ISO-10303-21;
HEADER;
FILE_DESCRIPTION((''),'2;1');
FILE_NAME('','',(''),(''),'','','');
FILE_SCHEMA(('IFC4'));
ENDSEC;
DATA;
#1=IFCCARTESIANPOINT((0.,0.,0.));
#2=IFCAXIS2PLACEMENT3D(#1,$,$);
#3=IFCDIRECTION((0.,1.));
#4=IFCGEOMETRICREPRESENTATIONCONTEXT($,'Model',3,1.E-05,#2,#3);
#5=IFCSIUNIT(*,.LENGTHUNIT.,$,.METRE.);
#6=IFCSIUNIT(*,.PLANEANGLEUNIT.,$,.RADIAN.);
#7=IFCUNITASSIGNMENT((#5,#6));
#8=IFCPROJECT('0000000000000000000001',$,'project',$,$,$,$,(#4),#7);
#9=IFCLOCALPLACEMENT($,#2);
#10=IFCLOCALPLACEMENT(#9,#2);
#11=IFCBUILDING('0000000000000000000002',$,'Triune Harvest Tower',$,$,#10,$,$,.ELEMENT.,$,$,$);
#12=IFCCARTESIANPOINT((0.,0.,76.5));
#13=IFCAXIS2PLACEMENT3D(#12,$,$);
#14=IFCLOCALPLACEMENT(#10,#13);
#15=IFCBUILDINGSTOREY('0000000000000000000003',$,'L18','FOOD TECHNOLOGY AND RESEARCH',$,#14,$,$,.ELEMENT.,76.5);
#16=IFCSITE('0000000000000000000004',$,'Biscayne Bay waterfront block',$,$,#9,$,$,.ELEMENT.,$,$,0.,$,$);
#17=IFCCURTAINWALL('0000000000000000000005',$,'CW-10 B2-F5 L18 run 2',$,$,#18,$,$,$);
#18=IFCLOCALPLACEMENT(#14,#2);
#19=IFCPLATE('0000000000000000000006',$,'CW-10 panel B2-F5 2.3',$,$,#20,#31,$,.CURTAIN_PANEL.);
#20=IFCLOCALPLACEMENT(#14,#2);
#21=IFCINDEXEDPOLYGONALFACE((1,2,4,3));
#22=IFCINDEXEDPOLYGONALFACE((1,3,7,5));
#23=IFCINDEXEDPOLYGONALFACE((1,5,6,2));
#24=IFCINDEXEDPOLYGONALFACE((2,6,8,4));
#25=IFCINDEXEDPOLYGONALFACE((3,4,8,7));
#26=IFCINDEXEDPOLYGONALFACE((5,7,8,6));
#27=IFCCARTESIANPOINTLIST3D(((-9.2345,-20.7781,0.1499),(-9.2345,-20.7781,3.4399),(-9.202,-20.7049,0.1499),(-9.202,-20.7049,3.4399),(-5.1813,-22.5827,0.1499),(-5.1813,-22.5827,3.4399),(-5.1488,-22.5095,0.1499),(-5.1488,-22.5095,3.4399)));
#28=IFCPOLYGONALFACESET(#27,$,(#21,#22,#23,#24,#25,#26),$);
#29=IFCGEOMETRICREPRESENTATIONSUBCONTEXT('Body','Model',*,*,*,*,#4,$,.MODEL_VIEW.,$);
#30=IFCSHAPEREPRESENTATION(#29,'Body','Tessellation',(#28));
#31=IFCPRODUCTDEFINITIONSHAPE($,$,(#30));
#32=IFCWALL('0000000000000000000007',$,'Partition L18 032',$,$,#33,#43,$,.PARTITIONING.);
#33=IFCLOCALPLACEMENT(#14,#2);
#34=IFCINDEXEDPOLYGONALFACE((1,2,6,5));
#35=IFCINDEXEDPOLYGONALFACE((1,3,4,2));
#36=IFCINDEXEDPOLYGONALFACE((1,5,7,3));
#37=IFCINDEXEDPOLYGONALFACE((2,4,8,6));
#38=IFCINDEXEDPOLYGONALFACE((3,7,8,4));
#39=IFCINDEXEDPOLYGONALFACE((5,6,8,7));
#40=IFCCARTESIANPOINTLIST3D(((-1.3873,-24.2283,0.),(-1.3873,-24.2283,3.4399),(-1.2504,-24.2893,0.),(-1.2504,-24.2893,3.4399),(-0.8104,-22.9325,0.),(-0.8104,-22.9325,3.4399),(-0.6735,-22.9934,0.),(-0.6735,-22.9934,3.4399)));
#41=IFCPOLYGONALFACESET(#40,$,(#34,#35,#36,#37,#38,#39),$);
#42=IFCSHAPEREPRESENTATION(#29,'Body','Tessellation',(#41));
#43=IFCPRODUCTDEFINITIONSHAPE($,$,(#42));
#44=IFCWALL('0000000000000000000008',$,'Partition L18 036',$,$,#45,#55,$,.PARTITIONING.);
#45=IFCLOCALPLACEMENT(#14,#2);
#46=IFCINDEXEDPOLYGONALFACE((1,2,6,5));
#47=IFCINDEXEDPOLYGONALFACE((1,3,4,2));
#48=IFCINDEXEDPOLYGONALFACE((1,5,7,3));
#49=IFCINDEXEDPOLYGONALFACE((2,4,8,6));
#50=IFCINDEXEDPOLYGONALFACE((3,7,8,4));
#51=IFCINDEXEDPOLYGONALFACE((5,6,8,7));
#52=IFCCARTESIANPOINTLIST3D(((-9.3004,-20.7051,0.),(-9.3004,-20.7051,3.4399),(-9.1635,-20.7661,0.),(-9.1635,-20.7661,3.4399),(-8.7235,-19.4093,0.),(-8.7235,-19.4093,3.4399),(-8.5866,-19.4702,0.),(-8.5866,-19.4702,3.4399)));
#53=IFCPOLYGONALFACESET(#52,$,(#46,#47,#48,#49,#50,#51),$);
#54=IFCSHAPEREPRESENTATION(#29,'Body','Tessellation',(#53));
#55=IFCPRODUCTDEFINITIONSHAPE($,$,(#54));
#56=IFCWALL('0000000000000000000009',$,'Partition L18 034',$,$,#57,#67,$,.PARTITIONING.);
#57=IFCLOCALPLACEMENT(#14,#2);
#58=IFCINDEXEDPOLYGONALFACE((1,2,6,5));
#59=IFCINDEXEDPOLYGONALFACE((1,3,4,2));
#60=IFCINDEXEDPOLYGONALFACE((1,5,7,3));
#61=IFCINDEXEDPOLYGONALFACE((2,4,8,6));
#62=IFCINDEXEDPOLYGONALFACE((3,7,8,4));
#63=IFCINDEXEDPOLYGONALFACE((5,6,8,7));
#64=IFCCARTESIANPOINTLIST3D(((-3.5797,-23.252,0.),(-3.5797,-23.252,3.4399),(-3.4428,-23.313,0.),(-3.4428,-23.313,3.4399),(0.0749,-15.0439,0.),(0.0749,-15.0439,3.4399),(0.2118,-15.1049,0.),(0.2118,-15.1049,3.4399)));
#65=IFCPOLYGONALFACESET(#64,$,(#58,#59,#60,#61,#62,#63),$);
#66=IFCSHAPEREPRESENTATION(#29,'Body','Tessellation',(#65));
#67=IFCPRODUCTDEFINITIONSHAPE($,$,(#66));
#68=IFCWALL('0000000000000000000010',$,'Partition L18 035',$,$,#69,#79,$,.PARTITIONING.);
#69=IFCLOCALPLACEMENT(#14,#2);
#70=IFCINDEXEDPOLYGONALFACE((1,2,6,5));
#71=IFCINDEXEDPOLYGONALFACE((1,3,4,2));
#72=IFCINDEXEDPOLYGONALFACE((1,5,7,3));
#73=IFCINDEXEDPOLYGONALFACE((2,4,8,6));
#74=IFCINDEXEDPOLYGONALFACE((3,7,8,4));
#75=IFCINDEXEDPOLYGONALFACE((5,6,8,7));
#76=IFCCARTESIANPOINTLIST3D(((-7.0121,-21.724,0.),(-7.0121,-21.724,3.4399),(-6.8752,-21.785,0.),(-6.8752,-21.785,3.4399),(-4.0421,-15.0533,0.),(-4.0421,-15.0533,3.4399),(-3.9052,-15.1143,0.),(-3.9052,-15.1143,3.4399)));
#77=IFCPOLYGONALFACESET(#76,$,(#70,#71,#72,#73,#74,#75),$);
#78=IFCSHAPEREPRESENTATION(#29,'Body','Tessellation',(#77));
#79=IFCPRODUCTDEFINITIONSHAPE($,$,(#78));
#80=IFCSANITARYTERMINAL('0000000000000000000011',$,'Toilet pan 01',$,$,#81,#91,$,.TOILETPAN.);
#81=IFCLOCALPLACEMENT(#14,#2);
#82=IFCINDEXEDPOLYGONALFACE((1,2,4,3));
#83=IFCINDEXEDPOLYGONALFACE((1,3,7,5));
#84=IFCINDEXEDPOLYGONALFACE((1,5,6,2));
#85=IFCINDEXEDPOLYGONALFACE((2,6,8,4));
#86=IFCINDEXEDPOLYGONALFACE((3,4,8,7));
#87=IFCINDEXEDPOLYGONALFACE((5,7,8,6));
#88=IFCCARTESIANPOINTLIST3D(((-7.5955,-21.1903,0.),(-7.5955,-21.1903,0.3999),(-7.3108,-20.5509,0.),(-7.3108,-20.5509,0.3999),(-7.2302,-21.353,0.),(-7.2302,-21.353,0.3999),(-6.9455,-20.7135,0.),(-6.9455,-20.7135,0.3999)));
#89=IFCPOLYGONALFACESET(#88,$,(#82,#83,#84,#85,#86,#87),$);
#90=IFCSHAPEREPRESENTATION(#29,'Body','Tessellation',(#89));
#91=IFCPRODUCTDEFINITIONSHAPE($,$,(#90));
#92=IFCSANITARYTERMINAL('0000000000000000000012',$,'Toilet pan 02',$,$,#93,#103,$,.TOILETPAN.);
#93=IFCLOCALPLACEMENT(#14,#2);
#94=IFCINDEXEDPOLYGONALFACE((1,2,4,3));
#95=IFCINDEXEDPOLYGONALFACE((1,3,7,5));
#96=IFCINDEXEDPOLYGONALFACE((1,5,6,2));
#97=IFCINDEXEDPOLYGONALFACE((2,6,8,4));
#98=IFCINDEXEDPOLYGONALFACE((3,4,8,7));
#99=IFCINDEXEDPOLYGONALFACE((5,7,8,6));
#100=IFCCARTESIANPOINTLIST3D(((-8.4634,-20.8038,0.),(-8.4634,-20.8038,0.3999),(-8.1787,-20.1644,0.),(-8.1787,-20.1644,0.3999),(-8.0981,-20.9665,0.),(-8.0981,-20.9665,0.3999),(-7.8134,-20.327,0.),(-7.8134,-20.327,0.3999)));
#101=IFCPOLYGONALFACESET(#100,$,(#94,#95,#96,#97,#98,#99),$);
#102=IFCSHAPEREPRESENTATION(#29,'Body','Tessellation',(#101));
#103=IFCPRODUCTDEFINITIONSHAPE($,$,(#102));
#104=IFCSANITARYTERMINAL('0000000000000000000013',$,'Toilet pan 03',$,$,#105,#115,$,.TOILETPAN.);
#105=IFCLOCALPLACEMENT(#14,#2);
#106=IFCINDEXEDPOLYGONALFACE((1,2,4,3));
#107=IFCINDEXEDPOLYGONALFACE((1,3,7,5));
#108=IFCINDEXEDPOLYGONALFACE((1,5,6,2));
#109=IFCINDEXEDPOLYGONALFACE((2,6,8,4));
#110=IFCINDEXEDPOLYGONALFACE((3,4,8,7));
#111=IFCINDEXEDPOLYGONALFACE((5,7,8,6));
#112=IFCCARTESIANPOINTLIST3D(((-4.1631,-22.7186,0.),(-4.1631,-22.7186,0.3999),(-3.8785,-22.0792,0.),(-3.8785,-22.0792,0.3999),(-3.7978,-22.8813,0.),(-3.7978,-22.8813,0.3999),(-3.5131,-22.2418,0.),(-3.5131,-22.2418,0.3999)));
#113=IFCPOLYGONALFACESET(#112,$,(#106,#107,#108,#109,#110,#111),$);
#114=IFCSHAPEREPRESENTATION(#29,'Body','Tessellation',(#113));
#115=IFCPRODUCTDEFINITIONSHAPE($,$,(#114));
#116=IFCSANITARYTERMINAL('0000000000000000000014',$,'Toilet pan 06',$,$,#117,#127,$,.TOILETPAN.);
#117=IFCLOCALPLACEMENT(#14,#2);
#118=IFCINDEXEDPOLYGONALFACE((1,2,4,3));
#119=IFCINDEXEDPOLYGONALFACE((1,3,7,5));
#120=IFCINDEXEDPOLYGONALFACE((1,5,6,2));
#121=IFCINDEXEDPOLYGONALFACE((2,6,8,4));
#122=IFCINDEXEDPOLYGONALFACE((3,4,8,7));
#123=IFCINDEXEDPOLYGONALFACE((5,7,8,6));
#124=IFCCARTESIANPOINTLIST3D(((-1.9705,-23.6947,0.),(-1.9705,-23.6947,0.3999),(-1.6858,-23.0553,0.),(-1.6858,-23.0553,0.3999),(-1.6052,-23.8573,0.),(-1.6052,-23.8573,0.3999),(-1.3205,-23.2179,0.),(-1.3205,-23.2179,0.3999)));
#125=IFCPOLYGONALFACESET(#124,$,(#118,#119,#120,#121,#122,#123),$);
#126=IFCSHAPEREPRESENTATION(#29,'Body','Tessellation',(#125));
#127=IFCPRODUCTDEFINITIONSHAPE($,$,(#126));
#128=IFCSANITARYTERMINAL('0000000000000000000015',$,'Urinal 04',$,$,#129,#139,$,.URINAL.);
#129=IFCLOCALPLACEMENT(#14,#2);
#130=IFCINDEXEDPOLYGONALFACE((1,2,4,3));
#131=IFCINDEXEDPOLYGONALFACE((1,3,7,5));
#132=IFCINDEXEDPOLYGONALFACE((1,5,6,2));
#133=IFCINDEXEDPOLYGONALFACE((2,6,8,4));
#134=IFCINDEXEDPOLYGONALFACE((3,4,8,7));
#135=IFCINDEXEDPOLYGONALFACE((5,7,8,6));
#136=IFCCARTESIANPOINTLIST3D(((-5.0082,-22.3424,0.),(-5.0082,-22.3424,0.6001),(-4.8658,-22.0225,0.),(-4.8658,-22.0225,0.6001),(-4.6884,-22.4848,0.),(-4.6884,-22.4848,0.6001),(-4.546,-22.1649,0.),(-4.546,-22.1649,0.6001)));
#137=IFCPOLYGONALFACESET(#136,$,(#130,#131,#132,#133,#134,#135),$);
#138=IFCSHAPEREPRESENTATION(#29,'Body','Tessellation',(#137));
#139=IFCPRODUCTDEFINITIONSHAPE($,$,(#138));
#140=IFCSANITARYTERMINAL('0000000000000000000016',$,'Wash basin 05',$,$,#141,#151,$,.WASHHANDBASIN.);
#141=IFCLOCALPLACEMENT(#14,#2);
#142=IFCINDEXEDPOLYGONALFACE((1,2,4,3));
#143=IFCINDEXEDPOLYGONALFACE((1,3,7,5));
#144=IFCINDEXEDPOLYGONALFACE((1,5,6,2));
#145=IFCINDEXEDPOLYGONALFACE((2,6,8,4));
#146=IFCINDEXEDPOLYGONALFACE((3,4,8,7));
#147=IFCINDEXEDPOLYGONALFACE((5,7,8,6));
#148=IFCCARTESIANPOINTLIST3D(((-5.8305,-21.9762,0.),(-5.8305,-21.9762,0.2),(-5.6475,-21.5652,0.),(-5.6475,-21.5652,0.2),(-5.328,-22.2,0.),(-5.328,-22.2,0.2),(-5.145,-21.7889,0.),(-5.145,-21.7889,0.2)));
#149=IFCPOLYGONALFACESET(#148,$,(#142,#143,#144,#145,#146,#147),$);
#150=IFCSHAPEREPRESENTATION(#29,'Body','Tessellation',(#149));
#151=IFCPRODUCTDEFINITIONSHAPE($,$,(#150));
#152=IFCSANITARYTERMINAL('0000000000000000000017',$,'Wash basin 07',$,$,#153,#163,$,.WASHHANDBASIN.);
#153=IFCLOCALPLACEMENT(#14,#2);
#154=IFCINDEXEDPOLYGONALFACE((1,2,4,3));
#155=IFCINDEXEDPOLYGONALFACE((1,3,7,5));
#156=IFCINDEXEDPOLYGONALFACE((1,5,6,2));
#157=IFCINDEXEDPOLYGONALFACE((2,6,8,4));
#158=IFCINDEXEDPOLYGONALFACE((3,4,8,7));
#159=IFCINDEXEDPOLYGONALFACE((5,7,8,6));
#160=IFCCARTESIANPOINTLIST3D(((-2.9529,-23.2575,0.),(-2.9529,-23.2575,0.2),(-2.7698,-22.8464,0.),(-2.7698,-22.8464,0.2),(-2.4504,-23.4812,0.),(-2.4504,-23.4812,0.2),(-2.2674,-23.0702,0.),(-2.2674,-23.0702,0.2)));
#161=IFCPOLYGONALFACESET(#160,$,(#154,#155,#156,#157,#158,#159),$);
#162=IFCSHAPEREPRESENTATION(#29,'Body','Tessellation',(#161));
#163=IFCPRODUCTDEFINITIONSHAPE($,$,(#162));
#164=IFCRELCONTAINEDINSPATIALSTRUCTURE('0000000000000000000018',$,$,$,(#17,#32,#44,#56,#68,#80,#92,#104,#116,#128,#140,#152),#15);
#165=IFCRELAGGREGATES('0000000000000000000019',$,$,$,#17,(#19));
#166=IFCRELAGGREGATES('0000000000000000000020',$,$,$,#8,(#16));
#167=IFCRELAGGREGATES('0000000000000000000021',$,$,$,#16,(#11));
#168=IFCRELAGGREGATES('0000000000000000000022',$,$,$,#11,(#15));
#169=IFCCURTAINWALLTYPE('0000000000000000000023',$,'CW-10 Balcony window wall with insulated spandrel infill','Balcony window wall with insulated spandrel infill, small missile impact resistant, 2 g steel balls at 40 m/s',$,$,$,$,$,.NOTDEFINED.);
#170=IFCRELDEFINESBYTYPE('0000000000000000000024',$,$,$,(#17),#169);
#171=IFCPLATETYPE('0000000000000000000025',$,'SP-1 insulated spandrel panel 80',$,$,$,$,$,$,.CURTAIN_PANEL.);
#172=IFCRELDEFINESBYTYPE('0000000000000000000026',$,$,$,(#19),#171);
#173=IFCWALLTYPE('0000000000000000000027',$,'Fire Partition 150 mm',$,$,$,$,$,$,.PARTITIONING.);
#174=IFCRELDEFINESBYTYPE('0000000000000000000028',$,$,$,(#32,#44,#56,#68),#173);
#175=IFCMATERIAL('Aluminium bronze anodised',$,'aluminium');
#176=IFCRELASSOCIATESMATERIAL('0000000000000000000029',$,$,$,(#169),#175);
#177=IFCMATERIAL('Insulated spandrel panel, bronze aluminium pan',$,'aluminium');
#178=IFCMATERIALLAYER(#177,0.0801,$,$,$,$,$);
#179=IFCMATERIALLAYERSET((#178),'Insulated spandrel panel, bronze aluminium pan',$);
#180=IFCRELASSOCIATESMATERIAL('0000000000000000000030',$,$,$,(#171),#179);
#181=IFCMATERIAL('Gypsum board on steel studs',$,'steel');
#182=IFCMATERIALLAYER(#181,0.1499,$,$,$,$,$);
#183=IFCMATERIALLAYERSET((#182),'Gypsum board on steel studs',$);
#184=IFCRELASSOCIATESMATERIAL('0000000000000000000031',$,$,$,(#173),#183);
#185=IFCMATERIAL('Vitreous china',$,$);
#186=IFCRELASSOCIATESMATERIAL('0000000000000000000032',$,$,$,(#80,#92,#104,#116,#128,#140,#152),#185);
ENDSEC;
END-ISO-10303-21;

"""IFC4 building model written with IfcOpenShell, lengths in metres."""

from ifc_helpers import new_model, si_unit, direction, frame, frame_2d, origin, origin_2d, place, context, subcontext, project, spatial, rectangle, extrude, source, transform, mapped, material, layer, layer_set, type_object, element, aggregate, save


model = new_model("IFC4")

# Units and contexts
model_context = context("Model", 3, precision=1e-05, world=origin(), true_north=direction((0.0, 1.0)))
body_context = subcontext(model_context, "Body", "Model", "MODEL_VIEW")
ifc_project = project(units=[si_unit("LENGTHUNIT", "METRE"), si_unit("PLANEANGLEUNIT", "RADIAN")], contexts=[model_context])

# Site, building, storey
site_placement = place(None, origin())
site = spatial("IfcSite", under=ifc_project, at=site_placement, Name="Biscayne Bay waterfront block", CompositionType="ELEMENT", RefElevation=0.0)
building_placement = place(site_placement, origin())
building = spatial("IfcBuilding", under=site, at=building_placement, Name="Triune Harvest Tower", CompositionType="ELEMENT")
storey_placement = place(building_placement, frame((0.0, 0.0, 76.5)))
storey = spatial("IfcBuildingStorey", under=building, at=storey_placement, Name="L18", Description="FOOD TECHNOLOGY AND RESEARCH", CompositionType="ELEMENT", Elevation=76.5)

# Curtain wall
ifc_material_1 = material(Name="Aluminium bronze anodised", Category="aluminium")
curtain_wall_type_1 = type_object("IfcCurtainWallType", Name="CW-10 Balcony window wall with insulated spandrel infill", Description="Balcony window wall with insulated spandrel infill, small missile impact resistant, 2 g steel balls at 40 m/s", PredefinedType="NOTDEFINED", material=ifc_material_1)
curtain_wall_1_placement = place(storey_placement, origin())
curtain_wall_1 = element("IfcCurtainWall", 1, at=curtain_wall_1_placement, inside=storey, type_object=curtain_wall_type_1, Name="CW-10 B2-F5 L18 run 2")

# Plate
ifc_material_2 = material(Name="Insulated spandrel panel, bronze aluminium pan", Category="aluminium")
ifc_layer_1 = layer(ifc_material_2, 0.0801)
ifc_layer_set_1 = layer_set([ifc_layer_1], Name="Insulated spandrel panel, bronze aluminium pan")
plate_type = type_object("IfcPlateType", Name="SP-1 insulated spandrel panel 80", PredefinedType="CURTAIN_PANEL", material=ifc_layer_set_1)
shared_shape_1 = source(origin(), body_context, "Body", "SweptSolid", [
    extrude(rectangle(XDim=4.4368, YDim=0.0801, at=origin_2d()), origin(), (0.0, 0.0, 1.0), 3.29),
])
plate_1_placement = place(storey_placement, frame((-7.1917, -21.6438, 0.1499), z_axis=(0.0, 0.0, 1.0), x_axis=(0.913545, -0.406737, 0.0)))
plate_1 = element("IfcPlate", 2, at=plate_1_placement, type_object=plate_type, Name="CW-10 panel B2-F5 2.3", PredefinedType="CURTAIN_PANEL", context=body_context, shape_type="MappedRepresentation", body=[
    mapped(shared_shape_1, transform((0.0, 0.0, 0.0), scale=1.0)),
])
aggregate(curtain_wall_1, [plate_1])

# Walls
ifc_material_3 = material(Name="Gypsum board on steel studs", Category="steel")
ifc_layer_2 = layer(ifc_material_3, 0.1499)
ifc_layer_set_2 = layer_set([ifc_layer_2], Name="Gypsum board on steel studs")
wall_type = type_object("IfcWallType", Name="Fire Partition 150 mm", PredefinedType="PARTITIONING", material=ifc_layer_set_2)
shared_shape_2 = source(origin(), body_context, "Body", "SweptSolid", [
    extrude(rectangle(XDim=1.4185, YDim=0.1499, at=frame_2d((0.7092, 0.0))), origin(), (0.0, 0.0, 1.0), 3.4399),
])
for number, where, z_axis, x_axis, name in (
    (3, (-1.3188, -24.2588, 0.0), (0.0, 0.0, 1.0), (0.406697, 0.913563, 0.0), "Partition L18 032"),
    (4, (-9.2319, -20.7356, 0.0), (0.0, 0.0, 1.0), (0.406697, 0.913563, 0.0), "Partition L18 036"),
):
    element("IfcWall", number, at=place(storey_placement, frame(where, z_axis=z_axis, x_axis=x_axis)), inside=storey, type_object=wall_type, Name=name, PredefinedType="PARTITIONING", context=body_context, shape_type="MappedRepresentation", body=[
        mapped(shared_shape_2, transform((0.0, 0.0, 0.0), scale=1.0)),
    ])
shared_shape_3 = source(origin(), body_context, "Body", "SweptSolid", [
    extrude(rectangle(XDim=8.9849, YDim=0.1499, at=frame_2d((4.4924, 0.0))), origin(), (0.0, 0.0, 1.0), 3.4399),
])
wall_1_placement = place(storey_placement, frame((-3.5112, -23.2825, 0.0), z_axis=(0.0, 0.0, 1.0), x_axis=(0.406746, 0.913541, 0.0)))
element("IfcWall", 5, at=wall_1_placement, inside=storey, type_object=wall_type, Name="Partition L18 034", PredefinedType="PARTITIONING", context=body_context, shape_type="MappedRepresentation", body=[
    mapped(shared_shape_3, transform((0.0, 0.0, 0.0), scale=1.0)),
])
shared_shape_4 = source(origin(), body_context, "Body", "SweptSolid", [
    extrude(rectangle(XDim=7.302, YDim=0.1499, at=frame_2d((3.6509, 0.0))), origin(), (0.0, 0.0, 1.0), 3.4399),
])
wall_2_placement = place(storey_placement, frame((-6.9436, -21.7544, 0.0), z_axis=(0.0, 0.0, 1.0), x_axis=(0.406737, 0.913545, 0.0)))
element("IfcWall", 6, at=wall_2_placement, inside=storey, type_object=wall_type, Name="Partition L18 035", PredefinedType="PARTITIONING", context=body_context, shape_type="MappedRepresentation", body=[
    mapped(shared_shape_4, transform((0.0, 0.0, 0.0), scale=1.0)),
])

# Sanitary terminals
ifc_material_4 = material(Name="Vitreous china")
shared_shape_5 = source(origin(), body_context, "Body", "SweptSolid", [
    extrude(rectangle(XDim=0.3999, YDim=0.7, at=origin_2d()), origin(), (0.0, 0.0, 1.0), 0.3999),
])
for number, where, z_axis, x_axis, name in (
    (7, (-7.2705, -20.9519, 0.0), (0.0, 0.0, 1.0), (-0.913538, 0.406753, 0.0), "Toilet pan 01"),
    (8, (-8.1384, -20.5654, 0.0), (0.0, 0.0, 1.0), (-0.913538, 0.406753, 0.0), "Toilet pan 02"),
    (9, (-3.8381, -22.4802, 0.0), (0.0, 0.0, 1.0), (-0.913553, 0.406721, 0.0), "Toilet pan 03"),
    (10, (-1.6455, -23.4563, 0.0), (0.0, 0.0, 1.0), (-0.913538, 0.406753, 0.0), "Toilet pan 06"),
):
    element("IfcSanitaryTerminal", number, at=place(storey_placement, frame(where, z_axis=z_axis, x_axis=x_axis)), inside=storey, material=ifc_material_4, Name=name, PredefinedType="TOILETPAN", context=body_context, shape_type="MappedRepresentation", body=[
        mapped(shared_shape_5, transform((0.0, 0.0, 0.0), scale=1.0)),
    ])
shared_shape_6 = source(origin(), body_context, "Body", "SweptSolid", [
    extrude(rectangle(XDim=0.3501, YDim=0.3501, at=origin_2d()), origin(), (0.0, 0.0, 1.0), 0.6001),
])
sanitary_terminal_placement = place(storey_placement, frame((-4.7771, -22.2537, 0.0), z_axis=(0.0, 0.0, 1.0), x_axis=(-0.913553, 0.406721, 0.0)))
element("IfcSanitaryTerminal", 11, at=sanitary_terminal_placement, inside=storey, material=ifc_material_4, Name="Urinal 04", PredefinedType="URINAL", context=body_context, shape_type="MappedRepresentation", body=[
    mapped(shared_shape_6, transform((0.0, 0.0, 0.0), scale=1.0)),
])
shared_shape_7 = source(origin(), body_context, "Body", "SweptSolid", [
    extrude(rectangle(XDim=0.55, YDim=0.45, at=origin_2d()), origin(), (0.0, 0.0, 1.0), 0.2),
])
for number, where, z_axis, x_axis, name in (
    (12, (-5.4878, -21.8826, 0.0), (0.0, 0.0, 1.0), (-0.913553, 0.406721, 0.0), "Wash basin 05"),
    (13, (-2.6101, -23.1638, 0.0), (0.0, 0.0, 1.0), (-0.913538, 0.406753, 0.0), "Wash basin 07"),
):
    element("IfcSanitaryTerminal", number, at=place(storey_placement, frame(where, z_axis=z_axis, x_axis=x_axis)), inside=storey, material=ifc_material_4, Name=name, PredefinedType="WASHHANDBASIN", context=body_context, shape_type="MappedRepresentation", body=[
        mapped(shared_shape_7, transform((0.0, 0.0, 0.0), scale=1.0)),
    ])

save(model, "model.ifc")
